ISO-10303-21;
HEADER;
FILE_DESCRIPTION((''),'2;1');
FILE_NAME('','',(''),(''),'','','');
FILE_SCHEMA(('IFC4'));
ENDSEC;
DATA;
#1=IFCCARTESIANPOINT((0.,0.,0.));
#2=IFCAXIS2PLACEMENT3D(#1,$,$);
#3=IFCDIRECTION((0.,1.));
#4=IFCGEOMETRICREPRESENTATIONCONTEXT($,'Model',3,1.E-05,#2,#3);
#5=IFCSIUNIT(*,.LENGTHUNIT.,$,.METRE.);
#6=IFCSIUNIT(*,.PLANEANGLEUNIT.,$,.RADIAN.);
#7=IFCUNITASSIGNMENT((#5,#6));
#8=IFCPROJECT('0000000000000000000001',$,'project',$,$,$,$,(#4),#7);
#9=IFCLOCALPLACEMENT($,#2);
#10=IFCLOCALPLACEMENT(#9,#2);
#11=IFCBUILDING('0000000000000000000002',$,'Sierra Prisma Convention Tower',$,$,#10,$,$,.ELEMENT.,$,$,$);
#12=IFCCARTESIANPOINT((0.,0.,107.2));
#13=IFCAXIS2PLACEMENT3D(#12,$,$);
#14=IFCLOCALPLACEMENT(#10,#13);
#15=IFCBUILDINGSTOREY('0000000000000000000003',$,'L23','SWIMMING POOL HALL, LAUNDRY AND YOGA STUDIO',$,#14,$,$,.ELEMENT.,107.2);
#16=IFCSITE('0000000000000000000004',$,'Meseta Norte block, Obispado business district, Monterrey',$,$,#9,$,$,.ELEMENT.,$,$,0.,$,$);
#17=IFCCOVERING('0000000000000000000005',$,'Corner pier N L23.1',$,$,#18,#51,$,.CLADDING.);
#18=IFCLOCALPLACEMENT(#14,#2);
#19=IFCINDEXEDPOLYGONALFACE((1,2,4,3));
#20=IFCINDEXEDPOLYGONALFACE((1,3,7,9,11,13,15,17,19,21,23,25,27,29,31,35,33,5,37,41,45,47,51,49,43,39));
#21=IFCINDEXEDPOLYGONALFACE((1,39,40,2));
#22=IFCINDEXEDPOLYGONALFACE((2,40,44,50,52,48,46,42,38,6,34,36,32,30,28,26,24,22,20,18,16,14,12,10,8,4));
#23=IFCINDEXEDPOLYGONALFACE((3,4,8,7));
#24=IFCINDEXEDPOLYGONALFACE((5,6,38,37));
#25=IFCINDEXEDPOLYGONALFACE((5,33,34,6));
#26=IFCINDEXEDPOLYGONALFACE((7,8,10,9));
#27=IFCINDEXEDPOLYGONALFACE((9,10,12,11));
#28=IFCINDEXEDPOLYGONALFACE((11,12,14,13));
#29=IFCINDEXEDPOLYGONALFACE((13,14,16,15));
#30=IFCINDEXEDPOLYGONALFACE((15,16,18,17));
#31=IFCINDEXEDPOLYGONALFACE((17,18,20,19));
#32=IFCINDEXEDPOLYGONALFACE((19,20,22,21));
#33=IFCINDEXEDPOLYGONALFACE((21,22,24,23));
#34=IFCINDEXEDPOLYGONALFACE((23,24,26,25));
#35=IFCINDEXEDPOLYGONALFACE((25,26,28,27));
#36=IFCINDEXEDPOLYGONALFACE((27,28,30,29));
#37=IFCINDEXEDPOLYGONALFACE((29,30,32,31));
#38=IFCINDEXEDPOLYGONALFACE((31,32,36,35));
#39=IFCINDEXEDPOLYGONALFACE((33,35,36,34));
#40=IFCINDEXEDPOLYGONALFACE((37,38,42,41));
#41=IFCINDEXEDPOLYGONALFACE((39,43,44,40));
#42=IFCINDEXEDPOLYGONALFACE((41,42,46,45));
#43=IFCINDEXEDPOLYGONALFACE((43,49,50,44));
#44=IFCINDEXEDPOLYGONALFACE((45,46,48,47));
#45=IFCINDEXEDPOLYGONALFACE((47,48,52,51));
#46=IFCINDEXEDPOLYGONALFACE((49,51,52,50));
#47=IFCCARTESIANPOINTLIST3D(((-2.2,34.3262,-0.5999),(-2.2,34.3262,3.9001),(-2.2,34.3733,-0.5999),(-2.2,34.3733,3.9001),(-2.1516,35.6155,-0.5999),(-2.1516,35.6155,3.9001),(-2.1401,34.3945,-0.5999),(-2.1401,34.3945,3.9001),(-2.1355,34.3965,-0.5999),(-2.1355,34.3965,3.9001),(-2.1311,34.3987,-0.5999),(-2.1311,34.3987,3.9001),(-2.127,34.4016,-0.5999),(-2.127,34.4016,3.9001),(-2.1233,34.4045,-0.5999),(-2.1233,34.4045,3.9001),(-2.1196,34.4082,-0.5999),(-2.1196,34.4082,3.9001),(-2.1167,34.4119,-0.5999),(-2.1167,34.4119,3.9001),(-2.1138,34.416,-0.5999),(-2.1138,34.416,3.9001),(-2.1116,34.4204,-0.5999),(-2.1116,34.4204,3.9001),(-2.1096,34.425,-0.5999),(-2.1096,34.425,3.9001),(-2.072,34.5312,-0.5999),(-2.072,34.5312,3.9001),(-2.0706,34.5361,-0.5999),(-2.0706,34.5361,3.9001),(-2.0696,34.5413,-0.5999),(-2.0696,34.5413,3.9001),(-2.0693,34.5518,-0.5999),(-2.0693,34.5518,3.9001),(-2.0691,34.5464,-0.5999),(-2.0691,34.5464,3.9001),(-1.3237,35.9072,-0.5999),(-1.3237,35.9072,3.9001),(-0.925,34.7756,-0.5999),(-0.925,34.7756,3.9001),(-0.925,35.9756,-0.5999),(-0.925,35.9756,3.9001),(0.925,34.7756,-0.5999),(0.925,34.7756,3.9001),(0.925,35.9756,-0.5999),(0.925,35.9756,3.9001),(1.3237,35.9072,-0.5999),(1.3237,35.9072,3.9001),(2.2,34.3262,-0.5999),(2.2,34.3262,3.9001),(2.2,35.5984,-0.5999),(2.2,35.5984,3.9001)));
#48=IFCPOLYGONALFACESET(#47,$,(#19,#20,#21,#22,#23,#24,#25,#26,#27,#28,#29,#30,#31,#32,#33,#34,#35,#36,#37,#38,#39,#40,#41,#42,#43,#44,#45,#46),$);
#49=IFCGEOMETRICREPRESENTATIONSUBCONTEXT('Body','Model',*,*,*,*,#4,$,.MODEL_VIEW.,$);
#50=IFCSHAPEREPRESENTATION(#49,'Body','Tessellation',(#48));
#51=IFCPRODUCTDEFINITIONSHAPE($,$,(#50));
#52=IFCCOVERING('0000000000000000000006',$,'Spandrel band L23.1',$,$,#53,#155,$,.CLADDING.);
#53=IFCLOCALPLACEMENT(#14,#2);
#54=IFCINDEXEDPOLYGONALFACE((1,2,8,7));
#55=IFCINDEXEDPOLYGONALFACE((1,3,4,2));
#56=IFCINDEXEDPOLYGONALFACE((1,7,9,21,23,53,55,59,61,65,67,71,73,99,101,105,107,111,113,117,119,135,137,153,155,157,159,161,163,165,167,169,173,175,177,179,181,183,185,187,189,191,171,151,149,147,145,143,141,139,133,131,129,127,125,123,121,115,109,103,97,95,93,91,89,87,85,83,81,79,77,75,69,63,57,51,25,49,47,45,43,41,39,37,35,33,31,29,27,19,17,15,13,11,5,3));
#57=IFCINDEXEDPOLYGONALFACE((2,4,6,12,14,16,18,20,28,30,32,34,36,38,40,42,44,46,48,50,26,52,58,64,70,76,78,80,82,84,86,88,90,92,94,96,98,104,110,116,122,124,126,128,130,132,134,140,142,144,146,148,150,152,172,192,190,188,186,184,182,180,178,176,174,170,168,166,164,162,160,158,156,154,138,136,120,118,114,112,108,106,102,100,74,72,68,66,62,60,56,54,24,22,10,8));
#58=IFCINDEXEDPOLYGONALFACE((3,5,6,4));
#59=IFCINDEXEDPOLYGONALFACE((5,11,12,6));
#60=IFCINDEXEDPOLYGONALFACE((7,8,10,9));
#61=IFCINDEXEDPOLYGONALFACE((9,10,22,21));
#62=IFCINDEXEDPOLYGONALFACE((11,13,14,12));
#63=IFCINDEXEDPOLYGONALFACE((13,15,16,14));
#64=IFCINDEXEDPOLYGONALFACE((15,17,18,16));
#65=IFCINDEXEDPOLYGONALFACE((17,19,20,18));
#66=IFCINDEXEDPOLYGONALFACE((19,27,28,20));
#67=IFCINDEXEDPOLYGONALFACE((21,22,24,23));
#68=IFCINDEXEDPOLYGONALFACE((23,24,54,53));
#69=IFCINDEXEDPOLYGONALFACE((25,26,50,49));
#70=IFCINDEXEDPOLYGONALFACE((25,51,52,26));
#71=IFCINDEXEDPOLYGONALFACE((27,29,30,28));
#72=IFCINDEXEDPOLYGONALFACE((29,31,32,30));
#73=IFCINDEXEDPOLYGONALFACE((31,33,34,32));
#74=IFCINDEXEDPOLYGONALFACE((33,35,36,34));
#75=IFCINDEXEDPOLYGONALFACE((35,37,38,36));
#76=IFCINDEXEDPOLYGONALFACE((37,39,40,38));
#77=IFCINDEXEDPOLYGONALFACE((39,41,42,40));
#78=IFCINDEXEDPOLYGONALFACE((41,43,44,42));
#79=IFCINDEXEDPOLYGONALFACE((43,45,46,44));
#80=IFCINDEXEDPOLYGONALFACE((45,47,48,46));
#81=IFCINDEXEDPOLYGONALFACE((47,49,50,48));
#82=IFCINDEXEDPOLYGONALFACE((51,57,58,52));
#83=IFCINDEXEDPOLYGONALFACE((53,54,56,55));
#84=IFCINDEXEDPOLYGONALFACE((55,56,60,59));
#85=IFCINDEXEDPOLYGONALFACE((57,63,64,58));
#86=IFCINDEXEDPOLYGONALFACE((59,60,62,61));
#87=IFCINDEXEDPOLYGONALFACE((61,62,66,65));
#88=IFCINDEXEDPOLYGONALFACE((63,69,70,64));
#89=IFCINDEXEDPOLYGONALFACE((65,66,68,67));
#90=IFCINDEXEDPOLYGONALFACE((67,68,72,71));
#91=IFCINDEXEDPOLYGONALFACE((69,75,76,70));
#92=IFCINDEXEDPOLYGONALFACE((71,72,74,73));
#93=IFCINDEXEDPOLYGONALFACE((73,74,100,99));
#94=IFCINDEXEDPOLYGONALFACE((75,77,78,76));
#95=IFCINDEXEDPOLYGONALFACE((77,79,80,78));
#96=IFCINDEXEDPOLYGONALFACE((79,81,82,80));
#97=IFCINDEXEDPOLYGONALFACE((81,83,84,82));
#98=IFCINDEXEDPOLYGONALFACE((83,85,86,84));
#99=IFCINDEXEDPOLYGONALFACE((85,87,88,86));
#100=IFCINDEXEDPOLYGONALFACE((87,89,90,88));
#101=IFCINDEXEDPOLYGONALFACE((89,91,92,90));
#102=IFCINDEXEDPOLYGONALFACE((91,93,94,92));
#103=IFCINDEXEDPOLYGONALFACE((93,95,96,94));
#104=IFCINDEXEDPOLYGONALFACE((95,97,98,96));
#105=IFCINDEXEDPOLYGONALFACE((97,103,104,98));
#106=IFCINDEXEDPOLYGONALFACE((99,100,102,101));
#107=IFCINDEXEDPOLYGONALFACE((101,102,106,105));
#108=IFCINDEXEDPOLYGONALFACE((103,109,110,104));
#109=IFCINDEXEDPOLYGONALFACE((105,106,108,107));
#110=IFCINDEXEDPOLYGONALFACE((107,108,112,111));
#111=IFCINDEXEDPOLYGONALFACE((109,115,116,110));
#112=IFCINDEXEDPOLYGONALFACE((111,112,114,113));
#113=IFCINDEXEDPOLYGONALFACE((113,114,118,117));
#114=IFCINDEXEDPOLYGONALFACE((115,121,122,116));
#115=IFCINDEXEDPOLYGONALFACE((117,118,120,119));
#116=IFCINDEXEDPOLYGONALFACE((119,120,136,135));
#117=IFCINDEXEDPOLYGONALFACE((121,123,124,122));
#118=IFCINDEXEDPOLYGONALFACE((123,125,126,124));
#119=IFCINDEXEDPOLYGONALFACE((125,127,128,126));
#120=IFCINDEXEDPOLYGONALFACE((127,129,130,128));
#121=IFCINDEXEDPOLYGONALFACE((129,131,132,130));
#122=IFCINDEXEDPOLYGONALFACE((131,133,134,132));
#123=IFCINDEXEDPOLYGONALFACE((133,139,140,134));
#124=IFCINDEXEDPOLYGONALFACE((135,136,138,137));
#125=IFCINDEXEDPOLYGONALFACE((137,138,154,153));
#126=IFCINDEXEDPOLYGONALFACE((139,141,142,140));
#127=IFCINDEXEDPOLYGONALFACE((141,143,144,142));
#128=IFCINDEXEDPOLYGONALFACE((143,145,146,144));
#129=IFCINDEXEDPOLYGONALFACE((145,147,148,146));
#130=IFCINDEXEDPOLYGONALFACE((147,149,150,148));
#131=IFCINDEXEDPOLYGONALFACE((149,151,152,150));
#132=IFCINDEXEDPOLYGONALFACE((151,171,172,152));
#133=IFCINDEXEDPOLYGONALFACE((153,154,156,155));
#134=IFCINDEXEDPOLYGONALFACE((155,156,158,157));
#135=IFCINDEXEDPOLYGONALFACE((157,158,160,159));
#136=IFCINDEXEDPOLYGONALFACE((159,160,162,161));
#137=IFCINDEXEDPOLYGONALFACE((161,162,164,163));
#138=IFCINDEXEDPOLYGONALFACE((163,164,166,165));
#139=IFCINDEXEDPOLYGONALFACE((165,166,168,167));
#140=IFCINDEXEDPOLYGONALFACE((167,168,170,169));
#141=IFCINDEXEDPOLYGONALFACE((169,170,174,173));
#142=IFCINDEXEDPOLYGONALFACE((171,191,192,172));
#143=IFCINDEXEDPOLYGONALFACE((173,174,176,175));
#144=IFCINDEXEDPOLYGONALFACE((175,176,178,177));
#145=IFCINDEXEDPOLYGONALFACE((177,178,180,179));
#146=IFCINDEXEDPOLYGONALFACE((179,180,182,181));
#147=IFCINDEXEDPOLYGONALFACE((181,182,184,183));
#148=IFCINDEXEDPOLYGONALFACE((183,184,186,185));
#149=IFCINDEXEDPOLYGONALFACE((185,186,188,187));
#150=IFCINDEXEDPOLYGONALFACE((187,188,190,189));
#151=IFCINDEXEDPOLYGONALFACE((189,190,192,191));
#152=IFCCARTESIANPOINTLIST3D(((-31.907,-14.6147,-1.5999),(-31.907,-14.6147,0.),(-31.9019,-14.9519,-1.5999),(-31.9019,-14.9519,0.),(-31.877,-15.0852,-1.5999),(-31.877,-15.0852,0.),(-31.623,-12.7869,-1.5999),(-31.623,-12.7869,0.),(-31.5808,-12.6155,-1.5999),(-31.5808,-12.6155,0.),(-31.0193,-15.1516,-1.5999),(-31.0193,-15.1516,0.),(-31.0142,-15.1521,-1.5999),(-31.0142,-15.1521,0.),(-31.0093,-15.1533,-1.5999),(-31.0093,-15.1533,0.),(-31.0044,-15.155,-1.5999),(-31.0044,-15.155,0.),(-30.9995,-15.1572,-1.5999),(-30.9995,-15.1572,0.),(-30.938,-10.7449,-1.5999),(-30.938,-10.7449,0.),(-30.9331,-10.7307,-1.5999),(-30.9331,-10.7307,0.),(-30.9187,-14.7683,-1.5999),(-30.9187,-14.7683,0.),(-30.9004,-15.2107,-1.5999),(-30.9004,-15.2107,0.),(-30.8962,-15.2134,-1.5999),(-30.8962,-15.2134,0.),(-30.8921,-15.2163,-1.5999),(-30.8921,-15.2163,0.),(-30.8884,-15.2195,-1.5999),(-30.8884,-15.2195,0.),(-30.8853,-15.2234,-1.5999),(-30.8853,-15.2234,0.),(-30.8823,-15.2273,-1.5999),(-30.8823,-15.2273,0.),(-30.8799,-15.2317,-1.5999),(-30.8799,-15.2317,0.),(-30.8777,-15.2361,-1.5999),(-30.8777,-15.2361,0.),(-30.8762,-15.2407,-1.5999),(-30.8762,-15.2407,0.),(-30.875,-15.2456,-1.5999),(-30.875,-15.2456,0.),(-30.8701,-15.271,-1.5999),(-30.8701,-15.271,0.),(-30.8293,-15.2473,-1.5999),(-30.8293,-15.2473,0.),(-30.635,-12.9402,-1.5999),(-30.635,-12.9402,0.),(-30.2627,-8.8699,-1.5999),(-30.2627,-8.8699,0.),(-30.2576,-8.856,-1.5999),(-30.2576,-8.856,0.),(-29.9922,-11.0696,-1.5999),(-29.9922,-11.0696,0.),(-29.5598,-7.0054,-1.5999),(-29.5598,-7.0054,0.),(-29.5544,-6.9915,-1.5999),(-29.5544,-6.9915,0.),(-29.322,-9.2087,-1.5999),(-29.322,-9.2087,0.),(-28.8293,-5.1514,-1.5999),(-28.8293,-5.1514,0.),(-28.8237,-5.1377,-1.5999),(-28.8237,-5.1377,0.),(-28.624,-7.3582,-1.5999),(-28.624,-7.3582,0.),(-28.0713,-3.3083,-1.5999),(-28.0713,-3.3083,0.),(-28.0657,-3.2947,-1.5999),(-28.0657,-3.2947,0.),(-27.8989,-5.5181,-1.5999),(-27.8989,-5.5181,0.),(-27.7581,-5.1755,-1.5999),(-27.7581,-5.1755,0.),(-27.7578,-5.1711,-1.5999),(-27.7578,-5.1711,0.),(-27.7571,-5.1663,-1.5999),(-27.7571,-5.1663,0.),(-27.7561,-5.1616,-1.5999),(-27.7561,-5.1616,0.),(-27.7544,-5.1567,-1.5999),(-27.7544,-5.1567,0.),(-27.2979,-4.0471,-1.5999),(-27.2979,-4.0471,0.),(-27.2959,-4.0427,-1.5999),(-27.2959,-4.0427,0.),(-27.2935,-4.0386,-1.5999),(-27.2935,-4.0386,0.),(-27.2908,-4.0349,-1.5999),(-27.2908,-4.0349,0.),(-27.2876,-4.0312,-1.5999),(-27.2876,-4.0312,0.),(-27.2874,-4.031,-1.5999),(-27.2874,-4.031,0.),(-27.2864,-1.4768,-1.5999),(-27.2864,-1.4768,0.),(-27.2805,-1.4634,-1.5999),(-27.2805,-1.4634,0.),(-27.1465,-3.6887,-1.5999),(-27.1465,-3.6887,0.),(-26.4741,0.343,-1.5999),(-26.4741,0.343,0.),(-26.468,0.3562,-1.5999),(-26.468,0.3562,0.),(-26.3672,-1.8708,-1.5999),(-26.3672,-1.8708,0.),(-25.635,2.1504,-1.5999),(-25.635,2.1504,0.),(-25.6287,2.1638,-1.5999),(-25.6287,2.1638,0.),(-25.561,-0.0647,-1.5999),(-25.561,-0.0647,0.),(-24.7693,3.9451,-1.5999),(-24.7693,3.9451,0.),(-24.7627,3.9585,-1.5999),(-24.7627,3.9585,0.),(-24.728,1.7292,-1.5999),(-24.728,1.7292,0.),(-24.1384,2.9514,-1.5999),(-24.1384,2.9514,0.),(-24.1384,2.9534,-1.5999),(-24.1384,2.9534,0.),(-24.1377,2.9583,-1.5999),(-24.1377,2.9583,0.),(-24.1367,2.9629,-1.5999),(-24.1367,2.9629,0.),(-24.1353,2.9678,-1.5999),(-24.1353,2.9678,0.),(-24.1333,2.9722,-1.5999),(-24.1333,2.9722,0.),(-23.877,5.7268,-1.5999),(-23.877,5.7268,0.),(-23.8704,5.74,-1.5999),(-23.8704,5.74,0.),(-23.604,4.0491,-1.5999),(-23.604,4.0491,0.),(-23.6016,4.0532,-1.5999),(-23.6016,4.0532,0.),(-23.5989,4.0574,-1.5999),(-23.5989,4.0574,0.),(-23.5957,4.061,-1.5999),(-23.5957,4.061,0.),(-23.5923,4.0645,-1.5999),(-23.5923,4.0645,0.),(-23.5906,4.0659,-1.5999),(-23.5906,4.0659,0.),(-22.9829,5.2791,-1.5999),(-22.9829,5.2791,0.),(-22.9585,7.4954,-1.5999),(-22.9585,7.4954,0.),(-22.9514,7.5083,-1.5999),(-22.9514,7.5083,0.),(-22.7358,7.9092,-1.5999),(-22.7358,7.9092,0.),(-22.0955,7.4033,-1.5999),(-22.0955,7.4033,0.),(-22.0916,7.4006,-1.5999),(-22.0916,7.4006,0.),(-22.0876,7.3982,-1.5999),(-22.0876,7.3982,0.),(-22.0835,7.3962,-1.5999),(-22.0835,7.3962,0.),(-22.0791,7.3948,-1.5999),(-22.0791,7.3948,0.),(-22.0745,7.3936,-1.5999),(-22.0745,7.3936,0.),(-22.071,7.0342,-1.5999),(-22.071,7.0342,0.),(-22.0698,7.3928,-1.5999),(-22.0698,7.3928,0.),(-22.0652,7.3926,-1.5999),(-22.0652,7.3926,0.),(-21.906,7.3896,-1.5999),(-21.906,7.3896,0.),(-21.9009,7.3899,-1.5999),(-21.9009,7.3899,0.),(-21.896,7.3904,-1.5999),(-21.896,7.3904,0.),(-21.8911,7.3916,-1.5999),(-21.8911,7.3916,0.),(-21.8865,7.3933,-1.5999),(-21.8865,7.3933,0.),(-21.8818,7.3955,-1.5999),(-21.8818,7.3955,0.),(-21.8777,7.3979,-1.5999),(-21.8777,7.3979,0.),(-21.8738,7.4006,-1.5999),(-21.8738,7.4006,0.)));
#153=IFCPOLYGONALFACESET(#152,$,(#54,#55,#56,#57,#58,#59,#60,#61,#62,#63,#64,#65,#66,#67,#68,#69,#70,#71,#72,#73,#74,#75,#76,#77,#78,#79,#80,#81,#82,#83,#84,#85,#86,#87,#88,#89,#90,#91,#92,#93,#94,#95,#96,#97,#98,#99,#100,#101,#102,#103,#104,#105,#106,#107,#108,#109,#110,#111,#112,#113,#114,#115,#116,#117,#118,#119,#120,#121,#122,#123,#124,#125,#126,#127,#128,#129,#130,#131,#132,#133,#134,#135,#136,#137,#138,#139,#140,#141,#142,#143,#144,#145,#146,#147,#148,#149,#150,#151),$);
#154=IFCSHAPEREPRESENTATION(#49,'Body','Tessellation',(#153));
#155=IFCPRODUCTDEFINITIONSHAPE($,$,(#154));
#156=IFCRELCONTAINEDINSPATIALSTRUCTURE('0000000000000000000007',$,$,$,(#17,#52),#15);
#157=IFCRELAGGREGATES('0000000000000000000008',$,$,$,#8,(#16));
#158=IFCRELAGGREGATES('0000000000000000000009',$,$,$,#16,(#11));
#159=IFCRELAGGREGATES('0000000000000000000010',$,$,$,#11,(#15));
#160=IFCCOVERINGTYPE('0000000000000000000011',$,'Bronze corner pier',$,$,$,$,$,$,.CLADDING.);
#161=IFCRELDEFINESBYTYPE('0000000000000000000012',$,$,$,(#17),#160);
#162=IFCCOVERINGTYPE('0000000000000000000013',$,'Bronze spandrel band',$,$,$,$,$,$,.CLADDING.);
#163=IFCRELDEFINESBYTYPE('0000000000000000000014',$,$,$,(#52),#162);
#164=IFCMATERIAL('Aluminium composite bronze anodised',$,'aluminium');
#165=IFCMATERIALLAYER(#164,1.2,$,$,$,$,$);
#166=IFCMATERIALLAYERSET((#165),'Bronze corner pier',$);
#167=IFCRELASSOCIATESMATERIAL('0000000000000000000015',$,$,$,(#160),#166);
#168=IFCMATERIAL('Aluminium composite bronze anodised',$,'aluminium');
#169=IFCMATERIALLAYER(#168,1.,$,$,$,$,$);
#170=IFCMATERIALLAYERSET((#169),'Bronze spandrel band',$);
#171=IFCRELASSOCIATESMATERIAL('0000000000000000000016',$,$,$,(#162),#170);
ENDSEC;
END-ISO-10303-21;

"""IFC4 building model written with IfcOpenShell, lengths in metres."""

from ifc_helpers import new_model, si_unit, direction, frame, origin, place, context, subcontext, project, spatial, polyline, outline, extrude, material, layer, layer_set, type_object, element, save


model = new_model("IFC4")

# Units and contexts
model_context = context("Model", 3, precision=1e-05, world=origin(), true_north=direction((0.0, 1.0)))
body_context = subcontext(model_context, "Body", "Model", "MODEL_VIEW")
ifc_project = project(units=[si_unit("LENGTHUNIT", "METRE"), si_unit("PLANEANGLEUNIT", "RADIAN")], contexts=[model_context])

# Site, building, storey
site_placement = place(None, origin())
site = spatial("IfcSite", under=ifc_project, at=site_placement, Name="Meseta Norte block, Obispado business district, Monterrey", CompositionType="ELEMENT", RefElevation=0.0)
building_placement = place(site_placement, origin())
building = spatial("IfcBuilding", under=site, at=building_placement, Name="Sierra Prisma Convention Tower", CompositionType="ELEMENT")
storey_placement = place(building_placement, frame((0.0, 0.0, 107.2)))
storey = spatial("IfcBuildingStorey", under=building, at=storey_placement, Name="L23", Description="SWIMMING POOL HALL, LAUNDRY AND YOGA STUDIO", CompositionType="ELEMENT", Elevation=107.2)

# Coverings
ifc_material_1 = material(Name="Aluminium composite bronze anodised", Category="aluminium")
ifc_layer_1 = layer(ifc_material_1, 1.2)
ifc_layer_set_1 = layer_set([ifc_layer_1], Name="Bronze corner pier")
covering_type_1 = type_object("IfcCoveringType", Name="Bronze corner pier", PredefinedType="CLADDING", material=ifc_layer_set_1)
covering_1_placement = place(storey_placement, frame((0.0, 0.0, -0.5999)))
element("IfcCovering", 1, at=covering_1_placement, inside=storey, type_object=covering_type_1, Name="Corner pier N L23.1", PredefinedType="CLADDING", context=body_context, shape_type="SweptSolid", body=[
    extrude(outline(polyline([(-2.2, 34.3262), (-2.2, 34.3733), (-2.1401, 34.3945), (-2.1355, 34.3965), (-2.1311, 34.3987), (-2.127, 34.4016), (-2.1233, 34.4045), (-2.1196, 34.4082), (-2.1167, 34.4119), (-2.1138, 34.416), (-2.1116, 34.4204), (-2.1096, 34.425), (-2.072, 34.5312), (-2.0706, 34.5361), (-2.0696, 34.5413), (-2.0691, 34.5464), (-2.0693, 34.5518), (-2.1516, 35.6155), (-1.3237, 35.9072), (-0.925, 35.9756), (0.925, 35.9756), (1.3237, 35.9072), (2.2, 35.5984), (2.2, 34.3262), (0.925, 34.7756), (-0.925, 34.7756), (-2.2, 34.3262)])), origin(), (0.0, 0.0, 1.0), 4.5),
])
ifc_material_2 = material(Name="Aluminium composite bronze anodised", Category="aluminium")
ifc_layer_2 = layer(ifc_material_2, 1.0)
ifc_layer_set_2 = layer_set([ifc_layer_2], Name="Bronze spandrel band")
covering_type_2 = type_object("IfcCoveringType", Name="Bronze spandrel band", PredefinedType="CLADDING", material=ifc_layer_set_2)
covering_2_placement = place(storey_placement, frame((0.0, 0.0, -1.5999)))
element("IfcCovering", 2, at=covering_2_placement, inside=storey, type_object=covering_type_2, Name="Spandrel band L23.1", PredefinedType="CLADDING", context=body_context, shape_type="SweptSolid", body=[
    extrude(outline(polyline([(-31.0044, -15.155), (-31.0093, -15.1533), (-31.0142, -15.1521), (-31.0193, -15.1516), (-31.877, -15.0852), (-31.9019, -14.9519), (-31.907, -14.6147), (-31.623, -12.7869), (-31.5808, -12.6155), (-30.938, -10.7449), (-30.9331, -10.7307), (-30.2627, -8.8699), (-30.2576, -8.856), (-29.5598, -7.0054), (-29.5544, -6.9915), (-28.8293, -5.1514), (-28.8237, -5.1377), (-28.0713, -3.3083), (-28.0657, -3.2947), (-27.2864, -1.4768), (-27.2805, -1.4634), (-26.4741, 0.343), (-26.468, 0.3562), (-25.635, 2.1504), (-25.6287, 2.1638), (-24.7693, 3.9451), (-24.7627, 3.9585), (-23.877, 5.7268), (-23.8704, 5.74), (-22.9585, 7.4954), (-22.9514, 7.5083), (-22.7358, 7.9092), (-22.0955, 7.4033), (-22.0916, 7.4006), (-22.0876, 7.3982), (-22.0835, 7.3962), (-22.0791, 7.3948), (-22.0745, 7.3936), (-22.0698, 7.3928), (-22.0652, 7.3926), (-21.906, 7.3896), (-21.9009, 7.3899), (-21.896, 7.3904), (-21.8911, 7.3916), (-21.8865, 7.3933), (-21.8818, 7.3955), (-21.8777, 7.3979), (-21.8738, 7.4006), (-22.071, 7.0342), (-22.9829, 5.2791), (-23.5906, 4.0659), (-23.5923, 4.0645), (-23.5957, 4.061), (-23.5989, 4.0574), (-23.6016, 4.0532), (-23.604, 4.0491), (-24.1333, 2.9722), (-24.1353, 2.9678), (-24.1367, 2.9629), (-24.1377, 2.9583), (-24.1384, 2.9534), (-24.1384, 2.9514), (-24.728, 1.7292), (-25.561, -0.0647), (-26.3672, -1.8708), (-27.1465, -3.6887), (-27.2874, -4.031), (-27.2876, -4.0312), (-27.2908, -4.0349), (-27.2935, -4.0386), (-27.2959, -4.0427), (-27.2979, -4.0471), (-27.7544, -5.1567), (-27.7561, -5.1616), (-27.7571, -5.1663), (-27.7578, -5.1711), (-27.7581, -5.1755), (-27.8989, -5.5181), (-28.624, -7.3582), (-29.322, -9.2087), (-29.9922, -11.0696), (-30.635, -12.9402), (-30.9187, -14.7683), (-30.8293, -15.2473), (-30.8701, -15.271), (-30.875, -15.2456), (-30.8762, -15.2407), (-30.8777, -15.2361), (-30.8799, -15.2317), (-30.8823, -15.2273), (-30.8853, -15.2234), (-30.8884, -15.2195), (-30.8921, -15.2163), (-30.8962, -15.2134), (-30.9004, -15.2107), (-30.9995, -15.1572), (-31.0044, -15.155)])), origin(), (0.0, 0.0, 1.0), 1.5999),
])

save(model, "model.ifc")
